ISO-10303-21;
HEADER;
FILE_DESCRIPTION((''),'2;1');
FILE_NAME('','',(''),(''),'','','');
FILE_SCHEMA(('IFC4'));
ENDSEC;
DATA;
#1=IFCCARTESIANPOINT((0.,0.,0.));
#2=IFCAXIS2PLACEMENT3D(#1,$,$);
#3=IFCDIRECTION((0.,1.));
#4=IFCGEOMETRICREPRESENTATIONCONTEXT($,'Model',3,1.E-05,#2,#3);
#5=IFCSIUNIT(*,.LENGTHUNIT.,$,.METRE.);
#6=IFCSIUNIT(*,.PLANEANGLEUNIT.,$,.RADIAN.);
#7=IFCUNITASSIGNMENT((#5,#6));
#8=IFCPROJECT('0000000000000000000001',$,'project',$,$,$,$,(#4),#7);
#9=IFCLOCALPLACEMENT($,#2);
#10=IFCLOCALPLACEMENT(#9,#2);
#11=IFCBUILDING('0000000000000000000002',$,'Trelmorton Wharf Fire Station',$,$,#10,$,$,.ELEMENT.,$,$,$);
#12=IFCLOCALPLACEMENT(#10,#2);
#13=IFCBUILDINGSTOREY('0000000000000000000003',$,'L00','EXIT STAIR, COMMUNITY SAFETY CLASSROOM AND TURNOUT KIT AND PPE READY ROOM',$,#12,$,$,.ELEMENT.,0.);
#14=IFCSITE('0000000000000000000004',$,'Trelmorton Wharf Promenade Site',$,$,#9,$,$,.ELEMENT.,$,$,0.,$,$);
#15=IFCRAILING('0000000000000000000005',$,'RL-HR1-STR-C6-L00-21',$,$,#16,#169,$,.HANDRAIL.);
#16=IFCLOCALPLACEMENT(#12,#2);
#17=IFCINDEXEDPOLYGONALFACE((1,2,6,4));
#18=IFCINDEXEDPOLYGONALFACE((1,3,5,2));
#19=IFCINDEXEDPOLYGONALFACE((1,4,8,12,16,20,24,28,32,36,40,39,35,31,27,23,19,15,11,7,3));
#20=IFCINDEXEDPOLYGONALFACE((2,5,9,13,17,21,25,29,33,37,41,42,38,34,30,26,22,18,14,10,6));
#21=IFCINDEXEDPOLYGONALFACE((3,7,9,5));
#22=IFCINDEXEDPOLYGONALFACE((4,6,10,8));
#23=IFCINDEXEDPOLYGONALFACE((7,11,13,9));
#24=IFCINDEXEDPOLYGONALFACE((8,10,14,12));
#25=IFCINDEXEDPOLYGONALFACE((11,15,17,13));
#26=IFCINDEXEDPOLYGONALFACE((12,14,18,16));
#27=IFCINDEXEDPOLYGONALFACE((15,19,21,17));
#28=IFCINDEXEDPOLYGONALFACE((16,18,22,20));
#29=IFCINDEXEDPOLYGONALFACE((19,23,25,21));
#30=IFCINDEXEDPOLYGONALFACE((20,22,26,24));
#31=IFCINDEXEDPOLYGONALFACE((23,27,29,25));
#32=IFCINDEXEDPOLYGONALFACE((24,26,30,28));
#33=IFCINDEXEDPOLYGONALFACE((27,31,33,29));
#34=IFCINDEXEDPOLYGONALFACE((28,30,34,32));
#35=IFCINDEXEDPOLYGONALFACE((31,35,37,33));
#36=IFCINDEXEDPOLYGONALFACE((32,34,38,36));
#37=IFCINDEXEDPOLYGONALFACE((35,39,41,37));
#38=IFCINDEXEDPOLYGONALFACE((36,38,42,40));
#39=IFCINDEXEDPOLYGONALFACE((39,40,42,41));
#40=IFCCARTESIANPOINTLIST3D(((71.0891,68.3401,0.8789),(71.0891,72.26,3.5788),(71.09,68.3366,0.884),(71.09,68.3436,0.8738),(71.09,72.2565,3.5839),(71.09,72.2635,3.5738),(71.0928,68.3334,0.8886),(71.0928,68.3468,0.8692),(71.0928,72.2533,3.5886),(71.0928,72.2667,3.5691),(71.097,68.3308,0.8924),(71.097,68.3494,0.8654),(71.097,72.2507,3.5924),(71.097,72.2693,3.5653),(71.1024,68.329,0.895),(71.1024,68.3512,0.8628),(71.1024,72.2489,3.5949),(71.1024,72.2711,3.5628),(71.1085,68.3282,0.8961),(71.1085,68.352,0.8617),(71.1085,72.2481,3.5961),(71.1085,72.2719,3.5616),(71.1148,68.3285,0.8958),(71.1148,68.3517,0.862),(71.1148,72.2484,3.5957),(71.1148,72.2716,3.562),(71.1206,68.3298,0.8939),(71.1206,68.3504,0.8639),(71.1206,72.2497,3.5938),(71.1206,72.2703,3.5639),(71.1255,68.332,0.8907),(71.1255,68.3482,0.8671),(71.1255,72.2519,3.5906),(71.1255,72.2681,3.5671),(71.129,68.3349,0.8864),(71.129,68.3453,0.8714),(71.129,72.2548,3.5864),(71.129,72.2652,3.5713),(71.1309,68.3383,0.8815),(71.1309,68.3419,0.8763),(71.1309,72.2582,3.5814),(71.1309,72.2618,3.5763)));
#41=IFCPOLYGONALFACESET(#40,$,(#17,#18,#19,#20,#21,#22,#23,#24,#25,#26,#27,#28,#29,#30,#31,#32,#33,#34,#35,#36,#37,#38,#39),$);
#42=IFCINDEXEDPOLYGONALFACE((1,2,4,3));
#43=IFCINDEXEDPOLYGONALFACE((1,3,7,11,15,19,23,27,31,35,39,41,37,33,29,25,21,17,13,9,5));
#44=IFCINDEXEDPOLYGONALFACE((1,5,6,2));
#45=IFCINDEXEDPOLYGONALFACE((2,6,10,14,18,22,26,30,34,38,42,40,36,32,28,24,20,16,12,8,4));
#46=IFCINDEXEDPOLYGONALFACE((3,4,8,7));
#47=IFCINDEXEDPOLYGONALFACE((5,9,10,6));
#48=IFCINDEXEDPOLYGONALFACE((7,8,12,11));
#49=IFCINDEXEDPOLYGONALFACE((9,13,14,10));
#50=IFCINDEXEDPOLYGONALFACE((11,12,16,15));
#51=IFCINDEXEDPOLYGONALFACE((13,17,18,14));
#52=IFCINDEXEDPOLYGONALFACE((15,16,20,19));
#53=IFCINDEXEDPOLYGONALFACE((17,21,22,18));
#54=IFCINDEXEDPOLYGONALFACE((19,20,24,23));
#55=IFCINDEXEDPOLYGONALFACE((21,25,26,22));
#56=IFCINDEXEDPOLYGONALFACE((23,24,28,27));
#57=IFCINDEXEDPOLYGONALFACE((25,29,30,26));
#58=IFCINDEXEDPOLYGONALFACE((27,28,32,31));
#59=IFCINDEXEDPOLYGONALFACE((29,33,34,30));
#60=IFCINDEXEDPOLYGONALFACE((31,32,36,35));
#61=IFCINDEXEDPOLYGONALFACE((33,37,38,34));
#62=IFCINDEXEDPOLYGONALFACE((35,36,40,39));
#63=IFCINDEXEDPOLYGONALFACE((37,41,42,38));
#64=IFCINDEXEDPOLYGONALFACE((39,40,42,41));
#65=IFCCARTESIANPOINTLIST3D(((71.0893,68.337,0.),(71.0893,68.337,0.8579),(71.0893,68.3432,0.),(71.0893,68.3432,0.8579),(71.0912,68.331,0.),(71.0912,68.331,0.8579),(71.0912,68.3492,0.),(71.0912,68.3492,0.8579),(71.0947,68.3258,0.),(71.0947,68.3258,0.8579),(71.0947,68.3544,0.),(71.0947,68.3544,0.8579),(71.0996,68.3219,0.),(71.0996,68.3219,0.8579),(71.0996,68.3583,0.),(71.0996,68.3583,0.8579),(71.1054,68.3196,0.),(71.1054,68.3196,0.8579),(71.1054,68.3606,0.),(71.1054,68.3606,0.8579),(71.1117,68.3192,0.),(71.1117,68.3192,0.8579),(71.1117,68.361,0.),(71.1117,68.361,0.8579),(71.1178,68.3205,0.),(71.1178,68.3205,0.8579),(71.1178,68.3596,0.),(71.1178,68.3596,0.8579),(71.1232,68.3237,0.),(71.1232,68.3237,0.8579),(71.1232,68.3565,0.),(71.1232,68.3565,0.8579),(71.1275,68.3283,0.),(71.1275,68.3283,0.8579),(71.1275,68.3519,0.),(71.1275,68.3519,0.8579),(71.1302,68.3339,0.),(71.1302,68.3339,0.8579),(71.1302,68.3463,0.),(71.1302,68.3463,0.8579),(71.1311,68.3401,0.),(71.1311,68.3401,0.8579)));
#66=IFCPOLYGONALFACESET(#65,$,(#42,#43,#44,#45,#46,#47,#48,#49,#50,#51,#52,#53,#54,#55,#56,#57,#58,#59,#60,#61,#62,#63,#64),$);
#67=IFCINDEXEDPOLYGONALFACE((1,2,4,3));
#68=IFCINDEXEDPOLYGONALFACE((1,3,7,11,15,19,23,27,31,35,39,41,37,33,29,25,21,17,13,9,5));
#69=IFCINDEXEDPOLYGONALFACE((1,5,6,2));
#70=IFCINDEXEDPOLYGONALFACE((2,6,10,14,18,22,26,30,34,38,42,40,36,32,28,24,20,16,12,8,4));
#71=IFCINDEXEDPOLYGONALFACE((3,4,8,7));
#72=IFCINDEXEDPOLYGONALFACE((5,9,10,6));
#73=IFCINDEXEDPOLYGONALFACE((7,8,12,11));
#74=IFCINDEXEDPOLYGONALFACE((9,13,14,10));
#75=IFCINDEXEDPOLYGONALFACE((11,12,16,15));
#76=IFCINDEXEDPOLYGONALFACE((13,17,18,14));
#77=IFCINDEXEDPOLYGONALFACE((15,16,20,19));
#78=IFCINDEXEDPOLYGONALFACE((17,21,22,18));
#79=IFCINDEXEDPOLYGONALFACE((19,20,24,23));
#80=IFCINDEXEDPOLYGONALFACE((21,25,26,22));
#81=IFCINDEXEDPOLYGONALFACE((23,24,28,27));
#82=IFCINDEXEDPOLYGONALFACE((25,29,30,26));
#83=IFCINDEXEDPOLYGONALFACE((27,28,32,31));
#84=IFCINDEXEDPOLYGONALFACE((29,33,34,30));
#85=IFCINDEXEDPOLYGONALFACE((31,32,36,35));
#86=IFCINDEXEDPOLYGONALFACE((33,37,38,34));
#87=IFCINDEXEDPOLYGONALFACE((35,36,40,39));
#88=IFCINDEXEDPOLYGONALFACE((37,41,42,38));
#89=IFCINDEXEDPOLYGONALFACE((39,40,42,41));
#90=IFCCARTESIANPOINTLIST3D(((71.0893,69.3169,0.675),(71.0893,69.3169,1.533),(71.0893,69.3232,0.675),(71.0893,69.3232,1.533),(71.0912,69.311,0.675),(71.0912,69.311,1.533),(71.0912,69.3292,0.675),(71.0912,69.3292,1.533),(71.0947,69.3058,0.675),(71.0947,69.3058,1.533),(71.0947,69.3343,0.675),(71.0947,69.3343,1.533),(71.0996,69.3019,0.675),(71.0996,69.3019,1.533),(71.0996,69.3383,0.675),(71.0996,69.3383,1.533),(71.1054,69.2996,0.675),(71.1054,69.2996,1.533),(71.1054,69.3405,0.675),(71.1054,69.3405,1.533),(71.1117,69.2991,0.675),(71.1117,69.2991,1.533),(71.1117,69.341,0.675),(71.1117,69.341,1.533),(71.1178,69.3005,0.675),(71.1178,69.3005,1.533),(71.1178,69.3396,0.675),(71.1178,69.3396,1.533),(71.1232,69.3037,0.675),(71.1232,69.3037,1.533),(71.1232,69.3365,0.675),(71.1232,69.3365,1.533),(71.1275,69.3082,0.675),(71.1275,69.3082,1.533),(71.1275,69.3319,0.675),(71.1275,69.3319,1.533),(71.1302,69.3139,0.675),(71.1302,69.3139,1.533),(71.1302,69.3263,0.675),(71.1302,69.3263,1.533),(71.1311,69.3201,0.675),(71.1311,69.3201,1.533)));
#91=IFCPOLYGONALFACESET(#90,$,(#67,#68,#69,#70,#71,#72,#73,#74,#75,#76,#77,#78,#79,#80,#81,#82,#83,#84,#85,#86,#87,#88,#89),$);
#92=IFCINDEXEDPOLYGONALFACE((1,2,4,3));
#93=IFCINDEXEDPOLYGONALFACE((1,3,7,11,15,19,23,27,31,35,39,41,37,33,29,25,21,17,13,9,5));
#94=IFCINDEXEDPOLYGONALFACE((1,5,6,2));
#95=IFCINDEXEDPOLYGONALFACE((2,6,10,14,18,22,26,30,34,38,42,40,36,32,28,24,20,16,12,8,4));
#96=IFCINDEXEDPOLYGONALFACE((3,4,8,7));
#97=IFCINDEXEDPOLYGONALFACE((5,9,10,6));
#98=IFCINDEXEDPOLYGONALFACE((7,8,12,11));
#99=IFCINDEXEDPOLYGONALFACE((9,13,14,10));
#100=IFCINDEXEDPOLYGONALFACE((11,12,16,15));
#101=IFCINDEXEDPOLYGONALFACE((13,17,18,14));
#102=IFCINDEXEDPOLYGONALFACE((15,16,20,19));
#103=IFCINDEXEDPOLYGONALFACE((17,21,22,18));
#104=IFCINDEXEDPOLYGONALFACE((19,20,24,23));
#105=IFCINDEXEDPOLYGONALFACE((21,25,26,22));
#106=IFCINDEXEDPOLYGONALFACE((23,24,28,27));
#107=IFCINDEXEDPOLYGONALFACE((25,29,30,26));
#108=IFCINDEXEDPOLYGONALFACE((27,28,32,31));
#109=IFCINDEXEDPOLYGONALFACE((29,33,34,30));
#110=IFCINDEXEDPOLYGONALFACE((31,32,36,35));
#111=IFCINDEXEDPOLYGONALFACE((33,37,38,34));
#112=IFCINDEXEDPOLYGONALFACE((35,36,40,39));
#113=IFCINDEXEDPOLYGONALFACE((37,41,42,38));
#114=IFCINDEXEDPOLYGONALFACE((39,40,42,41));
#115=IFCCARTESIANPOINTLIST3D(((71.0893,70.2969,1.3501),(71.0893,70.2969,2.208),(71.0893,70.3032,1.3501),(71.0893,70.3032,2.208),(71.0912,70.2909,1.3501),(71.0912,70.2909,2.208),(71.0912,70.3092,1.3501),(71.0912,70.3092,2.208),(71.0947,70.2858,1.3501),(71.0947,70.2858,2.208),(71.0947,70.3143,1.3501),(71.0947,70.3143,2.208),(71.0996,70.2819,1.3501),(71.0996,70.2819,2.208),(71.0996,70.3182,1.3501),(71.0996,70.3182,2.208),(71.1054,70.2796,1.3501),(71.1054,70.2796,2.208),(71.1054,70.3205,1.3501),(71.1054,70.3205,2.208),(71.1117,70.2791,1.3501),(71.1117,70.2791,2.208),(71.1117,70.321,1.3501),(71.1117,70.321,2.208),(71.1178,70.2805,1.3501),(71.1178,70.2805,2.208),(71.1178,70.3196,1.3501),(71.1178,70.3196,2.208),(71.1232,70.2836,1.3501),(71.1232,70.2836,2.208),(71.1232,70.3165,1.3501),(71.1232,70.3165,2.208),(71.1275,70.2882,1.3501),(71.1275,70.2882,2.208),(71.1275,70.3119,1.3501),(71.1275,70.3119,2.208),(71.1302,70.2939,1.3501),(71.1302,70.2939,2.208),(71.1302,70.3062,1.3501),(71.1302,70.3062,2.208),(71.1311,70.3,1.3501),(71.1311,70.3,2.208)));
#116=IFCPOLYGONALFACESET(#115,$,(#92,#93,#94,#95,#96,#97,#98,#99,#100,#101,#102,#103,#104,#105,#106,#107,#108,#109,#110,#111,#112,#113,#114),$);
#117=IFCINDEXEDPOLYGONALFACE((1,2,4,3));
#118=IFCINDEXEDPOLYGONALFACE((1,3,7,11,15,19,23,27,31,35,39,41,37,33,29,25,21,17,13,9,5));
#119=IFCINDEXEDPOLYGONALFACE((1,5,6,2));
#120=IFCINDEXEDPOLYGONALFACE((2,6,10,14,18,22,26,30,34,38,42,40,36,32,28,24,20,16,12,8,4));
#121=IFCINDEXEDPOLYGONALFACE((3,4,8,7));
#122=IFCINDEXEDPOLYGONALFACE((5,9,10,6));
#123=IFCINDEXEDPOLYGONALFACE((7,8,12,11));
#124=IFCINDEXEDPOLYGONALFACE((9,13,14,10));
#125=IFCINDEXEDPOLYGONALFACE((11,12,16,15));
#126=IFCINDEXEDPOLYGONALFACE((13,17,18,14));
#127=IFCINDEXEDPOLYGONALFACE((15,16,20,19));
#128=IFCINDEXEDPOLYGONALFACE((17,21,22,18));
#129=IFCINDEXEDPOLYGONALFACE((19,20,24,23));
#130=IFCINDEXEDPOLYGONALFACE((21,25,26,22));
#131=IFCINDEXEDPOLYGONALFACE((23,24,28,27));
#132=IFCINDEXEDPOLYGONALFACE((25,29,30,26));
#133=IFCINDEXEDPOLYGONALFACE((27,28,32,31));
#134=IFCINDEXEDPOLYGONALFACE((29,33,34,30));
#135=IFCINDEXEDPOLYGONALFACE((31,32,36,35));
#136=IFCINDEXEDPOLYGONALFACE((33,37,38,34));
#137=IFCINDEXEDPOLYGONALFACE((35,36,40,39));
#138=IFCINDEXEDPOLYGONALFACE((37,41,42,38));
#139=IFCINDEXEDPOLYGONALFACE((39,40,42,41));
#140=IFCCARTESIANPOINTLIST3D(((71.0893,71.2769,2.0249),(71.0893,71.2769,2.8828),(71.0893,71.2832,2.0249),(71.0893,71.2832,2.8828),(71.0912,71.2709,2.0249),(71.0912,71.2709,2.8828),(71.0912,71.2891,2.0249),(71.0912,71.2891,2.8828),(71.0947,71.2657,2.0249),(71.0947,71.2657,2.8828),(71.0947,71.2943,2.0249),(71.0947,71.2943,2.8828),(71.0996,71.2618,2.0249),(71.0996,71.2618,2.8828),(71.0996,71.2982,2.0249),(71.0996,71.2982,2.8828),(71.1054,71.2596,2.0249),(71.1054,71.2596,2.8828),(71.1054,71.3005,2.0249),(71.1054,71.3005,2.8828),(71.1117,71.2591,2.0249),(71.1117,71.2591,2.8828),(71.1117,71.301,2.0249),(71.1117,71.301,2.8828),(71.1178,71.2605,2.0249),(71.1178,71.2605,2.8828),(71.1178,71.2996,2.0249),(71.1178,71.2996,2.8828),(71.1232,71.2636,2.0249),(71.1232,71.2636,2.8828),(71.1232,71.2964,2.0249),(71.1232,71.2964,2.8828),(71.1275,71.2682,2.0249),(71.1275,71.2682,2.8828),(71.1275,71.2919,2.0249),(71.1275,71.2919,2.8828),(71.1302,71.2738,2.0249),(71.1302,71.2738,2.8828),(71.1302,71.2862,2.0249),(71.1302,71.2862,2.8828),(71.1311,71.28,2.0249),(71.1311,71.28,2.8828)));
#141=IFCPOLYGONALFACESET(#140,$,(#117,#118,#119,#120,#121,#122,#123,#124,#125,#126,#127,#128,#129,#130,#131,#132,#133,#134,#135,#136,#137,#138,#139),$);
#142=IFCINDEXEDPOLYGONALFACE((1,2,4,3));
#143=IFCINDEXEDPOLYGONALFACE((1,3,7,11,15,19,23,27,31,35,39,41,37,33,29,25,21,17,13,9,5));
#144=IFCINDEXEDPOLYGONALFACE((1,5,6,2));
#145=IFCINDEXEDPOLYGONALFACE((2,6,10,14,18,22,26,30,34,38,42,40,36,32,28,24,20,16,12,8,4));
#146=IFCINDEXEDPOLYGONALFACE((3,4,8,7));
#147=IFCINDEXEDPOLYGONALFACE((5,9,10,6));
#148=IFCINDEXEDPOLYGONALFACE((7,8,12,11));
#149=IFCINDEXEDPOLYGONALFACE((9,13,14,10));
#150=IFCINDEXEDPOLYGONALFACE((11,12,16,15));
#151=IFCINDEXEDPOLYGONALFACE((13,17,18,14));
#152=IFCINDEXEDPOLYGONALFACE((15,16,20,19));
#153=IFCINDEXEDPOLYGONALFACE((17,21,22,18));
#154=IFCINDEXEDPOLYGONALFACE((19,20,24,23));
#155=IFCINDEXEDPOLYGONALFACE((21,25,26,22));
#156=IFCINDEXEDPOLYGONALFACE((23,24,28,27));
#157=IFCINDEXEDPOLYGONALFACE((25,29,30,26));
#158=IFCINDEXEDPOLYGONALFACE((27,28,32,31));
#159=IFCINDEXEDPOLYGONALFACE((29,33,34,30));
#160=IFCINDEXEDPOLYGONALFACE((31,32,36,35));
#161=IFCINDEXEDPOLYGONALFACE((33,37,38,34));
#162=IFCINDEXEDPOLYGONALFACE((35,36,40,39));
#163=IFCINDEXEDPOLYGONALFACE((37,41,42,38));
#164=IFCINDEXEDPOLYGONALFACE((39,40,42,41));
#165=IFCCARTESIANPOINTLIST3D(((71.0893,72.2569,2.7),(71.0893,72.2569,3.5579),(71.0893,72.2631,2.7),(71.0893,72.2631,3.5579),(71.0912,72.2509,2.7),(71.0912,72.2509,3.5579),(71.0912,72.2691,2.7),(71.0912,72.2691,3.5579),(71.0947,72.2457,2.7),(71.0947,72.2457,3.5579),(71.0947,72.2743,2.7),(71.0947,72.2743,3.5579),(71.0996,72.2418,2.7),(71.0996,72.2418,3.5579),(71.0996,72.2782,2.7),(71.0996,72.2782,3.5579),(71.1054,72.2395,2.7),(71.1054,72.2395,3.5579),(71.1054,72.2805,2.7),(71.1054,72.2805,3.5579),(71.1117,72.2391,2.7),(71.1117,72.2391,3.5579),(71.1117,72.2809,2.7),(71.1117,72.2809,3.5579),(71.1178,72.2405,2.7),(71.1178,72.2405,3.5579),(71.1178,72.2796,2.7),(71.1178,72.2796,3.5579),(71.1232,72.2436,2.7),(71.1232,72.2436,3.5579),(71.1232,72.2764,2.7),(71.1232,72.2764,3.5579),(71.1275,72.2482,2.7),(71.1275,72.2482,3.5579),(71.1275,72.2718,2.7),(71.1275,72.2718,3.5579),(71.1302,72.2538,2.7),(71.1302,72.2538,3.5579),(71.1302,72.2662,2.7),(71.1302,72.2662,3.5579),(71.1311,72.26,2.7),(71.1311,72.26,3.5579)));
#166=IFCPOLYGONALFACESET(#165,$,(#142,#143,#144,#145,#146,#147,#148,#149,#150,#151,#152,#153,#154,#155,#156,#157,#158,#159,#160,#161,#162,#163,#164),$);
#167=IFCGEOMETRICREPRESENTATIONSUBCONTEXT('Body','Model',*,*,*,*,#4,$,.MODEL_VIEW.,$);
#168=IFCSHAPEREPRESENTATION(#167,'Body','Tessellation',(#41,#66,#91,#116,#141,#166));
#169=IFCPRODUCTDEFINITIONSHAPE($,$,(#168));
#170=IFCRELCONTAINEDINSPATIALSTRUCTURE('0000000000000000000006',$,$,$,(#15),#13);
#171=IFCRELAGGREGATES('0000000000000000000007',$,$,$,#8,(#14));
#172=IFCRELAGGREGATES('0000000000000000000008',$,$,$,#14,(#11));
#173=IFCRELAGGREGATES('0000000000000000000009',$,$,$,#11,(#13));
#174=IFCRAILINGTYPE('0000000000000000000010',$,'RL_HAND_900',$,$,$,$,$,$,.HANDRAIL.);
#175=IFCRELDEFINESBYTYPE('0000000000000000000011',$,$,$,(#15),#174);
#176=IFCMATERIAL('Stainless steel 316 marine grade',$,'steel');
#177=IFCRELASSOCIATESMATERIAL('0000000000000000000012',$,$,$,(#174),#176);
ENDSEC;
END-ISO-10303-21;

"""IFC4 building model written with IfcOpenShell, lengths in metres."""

from ifc_helpers import new_model, si_unit, direction, frame, origin, origin_2d, place, context, subcontext, project, spatial, circle, extrude, material, type_object, element, save


model = new_model("IFC4")

# Units and contexts
model_context = context("Model", 3, precision=1e-05, world=origin(), true_north=direction((0.0, 1.0)))
body_context = subcontext(model_context, "Body", "Model", "MODEL_VIEW")
ifc_project = project(units=[si_unit("LENGTHUNIT", "METRE"), si_unit("PLANEANGLEUNIT", "RADIAN")], contexts=[model_context])

# Site, building, storey
site_placement = place(None, origin())
site = spatial("IfcSite", under=ifc_project, at=site_placement, Name="Trelmorton Wharf Promenade Site", CompositionType="ELEMENT", RefElevation=0.0)
building_placement = place(site_placement, origin())
building = spatial("IfcBuilding", under=site, at=building_placement, Name="Trelmorton Wharf Fire Station", CompositionType="ELEMENT")
storey_placement = place(building_placement, origin())
storey = spatial("IfcBuildingStorey", under=building, at=storey_placement, Name="L00", Description="EXIT STAIR, COMMUNITY SAFETY CLASSROOM AND TURNOUT KIT AND PPE READY ROOM", CompositionType="ELEMENT", Elevation=0.0)

# Shared definitions
ifc_material_1 = material(Name="Stainless steel 316 marine grade", Category="steel")

# Railing
railing_type_1 = type_object("IfcRailingType", Name="RL_HAND_900", PredefinedType="HANDRAIL", material=ifc_material_1)
railing_1_placement = place(storey_placement, frame((71.1101, 68.3401, 0.0)))
element("IfcRailing", 1, at=railing_1_placement, inside=storey, type_object=railing_type_1, Name="RL-HR1-STR-C6-L00-21", PredefinedType="HANDRAIL", context=body_context, shape_type="SweptSolid", body=[
    extrude(circle(Radius=0.021, at=origin_2d()), frame((0.0, 0.0, 0.8789), z_axis=(0.0, 0.823551, 0.567243), x_axis=(-1.0, 0.0, 0.0)), (0.0, 0.0, 1.0), 4.7598),
    extrude(circle(Radius=0.021, at=origin_2d()), origin(), (0.0, 0.0, 1.0), 0.8579),
    extrude(circle(Radius=0.021, at=origin_2d()), frame((0.0, 0.98, 0.675)), (0.0, 0.0, 1.0), 0.8579),
    extrude(circle(Radius=0.021, at=origin_2d()), frame((0.0, 1.96, 1.3501)), (0.0, 0.0, 1.0), 0.8579),
    extrude(circle(Radius=0.021, at=origin_2d()), frame((0.0, 2.9399, 2.0249)), (0.0, 0.0, 1.0), 0.8579),
    extrude(circle(Radius=0.021, at=origin_2d()), frame((0.0, 3.9199, 2.7)), (0.0, 0.0, 1.0), 0.8579),
])

save(model, "model.ifc")
